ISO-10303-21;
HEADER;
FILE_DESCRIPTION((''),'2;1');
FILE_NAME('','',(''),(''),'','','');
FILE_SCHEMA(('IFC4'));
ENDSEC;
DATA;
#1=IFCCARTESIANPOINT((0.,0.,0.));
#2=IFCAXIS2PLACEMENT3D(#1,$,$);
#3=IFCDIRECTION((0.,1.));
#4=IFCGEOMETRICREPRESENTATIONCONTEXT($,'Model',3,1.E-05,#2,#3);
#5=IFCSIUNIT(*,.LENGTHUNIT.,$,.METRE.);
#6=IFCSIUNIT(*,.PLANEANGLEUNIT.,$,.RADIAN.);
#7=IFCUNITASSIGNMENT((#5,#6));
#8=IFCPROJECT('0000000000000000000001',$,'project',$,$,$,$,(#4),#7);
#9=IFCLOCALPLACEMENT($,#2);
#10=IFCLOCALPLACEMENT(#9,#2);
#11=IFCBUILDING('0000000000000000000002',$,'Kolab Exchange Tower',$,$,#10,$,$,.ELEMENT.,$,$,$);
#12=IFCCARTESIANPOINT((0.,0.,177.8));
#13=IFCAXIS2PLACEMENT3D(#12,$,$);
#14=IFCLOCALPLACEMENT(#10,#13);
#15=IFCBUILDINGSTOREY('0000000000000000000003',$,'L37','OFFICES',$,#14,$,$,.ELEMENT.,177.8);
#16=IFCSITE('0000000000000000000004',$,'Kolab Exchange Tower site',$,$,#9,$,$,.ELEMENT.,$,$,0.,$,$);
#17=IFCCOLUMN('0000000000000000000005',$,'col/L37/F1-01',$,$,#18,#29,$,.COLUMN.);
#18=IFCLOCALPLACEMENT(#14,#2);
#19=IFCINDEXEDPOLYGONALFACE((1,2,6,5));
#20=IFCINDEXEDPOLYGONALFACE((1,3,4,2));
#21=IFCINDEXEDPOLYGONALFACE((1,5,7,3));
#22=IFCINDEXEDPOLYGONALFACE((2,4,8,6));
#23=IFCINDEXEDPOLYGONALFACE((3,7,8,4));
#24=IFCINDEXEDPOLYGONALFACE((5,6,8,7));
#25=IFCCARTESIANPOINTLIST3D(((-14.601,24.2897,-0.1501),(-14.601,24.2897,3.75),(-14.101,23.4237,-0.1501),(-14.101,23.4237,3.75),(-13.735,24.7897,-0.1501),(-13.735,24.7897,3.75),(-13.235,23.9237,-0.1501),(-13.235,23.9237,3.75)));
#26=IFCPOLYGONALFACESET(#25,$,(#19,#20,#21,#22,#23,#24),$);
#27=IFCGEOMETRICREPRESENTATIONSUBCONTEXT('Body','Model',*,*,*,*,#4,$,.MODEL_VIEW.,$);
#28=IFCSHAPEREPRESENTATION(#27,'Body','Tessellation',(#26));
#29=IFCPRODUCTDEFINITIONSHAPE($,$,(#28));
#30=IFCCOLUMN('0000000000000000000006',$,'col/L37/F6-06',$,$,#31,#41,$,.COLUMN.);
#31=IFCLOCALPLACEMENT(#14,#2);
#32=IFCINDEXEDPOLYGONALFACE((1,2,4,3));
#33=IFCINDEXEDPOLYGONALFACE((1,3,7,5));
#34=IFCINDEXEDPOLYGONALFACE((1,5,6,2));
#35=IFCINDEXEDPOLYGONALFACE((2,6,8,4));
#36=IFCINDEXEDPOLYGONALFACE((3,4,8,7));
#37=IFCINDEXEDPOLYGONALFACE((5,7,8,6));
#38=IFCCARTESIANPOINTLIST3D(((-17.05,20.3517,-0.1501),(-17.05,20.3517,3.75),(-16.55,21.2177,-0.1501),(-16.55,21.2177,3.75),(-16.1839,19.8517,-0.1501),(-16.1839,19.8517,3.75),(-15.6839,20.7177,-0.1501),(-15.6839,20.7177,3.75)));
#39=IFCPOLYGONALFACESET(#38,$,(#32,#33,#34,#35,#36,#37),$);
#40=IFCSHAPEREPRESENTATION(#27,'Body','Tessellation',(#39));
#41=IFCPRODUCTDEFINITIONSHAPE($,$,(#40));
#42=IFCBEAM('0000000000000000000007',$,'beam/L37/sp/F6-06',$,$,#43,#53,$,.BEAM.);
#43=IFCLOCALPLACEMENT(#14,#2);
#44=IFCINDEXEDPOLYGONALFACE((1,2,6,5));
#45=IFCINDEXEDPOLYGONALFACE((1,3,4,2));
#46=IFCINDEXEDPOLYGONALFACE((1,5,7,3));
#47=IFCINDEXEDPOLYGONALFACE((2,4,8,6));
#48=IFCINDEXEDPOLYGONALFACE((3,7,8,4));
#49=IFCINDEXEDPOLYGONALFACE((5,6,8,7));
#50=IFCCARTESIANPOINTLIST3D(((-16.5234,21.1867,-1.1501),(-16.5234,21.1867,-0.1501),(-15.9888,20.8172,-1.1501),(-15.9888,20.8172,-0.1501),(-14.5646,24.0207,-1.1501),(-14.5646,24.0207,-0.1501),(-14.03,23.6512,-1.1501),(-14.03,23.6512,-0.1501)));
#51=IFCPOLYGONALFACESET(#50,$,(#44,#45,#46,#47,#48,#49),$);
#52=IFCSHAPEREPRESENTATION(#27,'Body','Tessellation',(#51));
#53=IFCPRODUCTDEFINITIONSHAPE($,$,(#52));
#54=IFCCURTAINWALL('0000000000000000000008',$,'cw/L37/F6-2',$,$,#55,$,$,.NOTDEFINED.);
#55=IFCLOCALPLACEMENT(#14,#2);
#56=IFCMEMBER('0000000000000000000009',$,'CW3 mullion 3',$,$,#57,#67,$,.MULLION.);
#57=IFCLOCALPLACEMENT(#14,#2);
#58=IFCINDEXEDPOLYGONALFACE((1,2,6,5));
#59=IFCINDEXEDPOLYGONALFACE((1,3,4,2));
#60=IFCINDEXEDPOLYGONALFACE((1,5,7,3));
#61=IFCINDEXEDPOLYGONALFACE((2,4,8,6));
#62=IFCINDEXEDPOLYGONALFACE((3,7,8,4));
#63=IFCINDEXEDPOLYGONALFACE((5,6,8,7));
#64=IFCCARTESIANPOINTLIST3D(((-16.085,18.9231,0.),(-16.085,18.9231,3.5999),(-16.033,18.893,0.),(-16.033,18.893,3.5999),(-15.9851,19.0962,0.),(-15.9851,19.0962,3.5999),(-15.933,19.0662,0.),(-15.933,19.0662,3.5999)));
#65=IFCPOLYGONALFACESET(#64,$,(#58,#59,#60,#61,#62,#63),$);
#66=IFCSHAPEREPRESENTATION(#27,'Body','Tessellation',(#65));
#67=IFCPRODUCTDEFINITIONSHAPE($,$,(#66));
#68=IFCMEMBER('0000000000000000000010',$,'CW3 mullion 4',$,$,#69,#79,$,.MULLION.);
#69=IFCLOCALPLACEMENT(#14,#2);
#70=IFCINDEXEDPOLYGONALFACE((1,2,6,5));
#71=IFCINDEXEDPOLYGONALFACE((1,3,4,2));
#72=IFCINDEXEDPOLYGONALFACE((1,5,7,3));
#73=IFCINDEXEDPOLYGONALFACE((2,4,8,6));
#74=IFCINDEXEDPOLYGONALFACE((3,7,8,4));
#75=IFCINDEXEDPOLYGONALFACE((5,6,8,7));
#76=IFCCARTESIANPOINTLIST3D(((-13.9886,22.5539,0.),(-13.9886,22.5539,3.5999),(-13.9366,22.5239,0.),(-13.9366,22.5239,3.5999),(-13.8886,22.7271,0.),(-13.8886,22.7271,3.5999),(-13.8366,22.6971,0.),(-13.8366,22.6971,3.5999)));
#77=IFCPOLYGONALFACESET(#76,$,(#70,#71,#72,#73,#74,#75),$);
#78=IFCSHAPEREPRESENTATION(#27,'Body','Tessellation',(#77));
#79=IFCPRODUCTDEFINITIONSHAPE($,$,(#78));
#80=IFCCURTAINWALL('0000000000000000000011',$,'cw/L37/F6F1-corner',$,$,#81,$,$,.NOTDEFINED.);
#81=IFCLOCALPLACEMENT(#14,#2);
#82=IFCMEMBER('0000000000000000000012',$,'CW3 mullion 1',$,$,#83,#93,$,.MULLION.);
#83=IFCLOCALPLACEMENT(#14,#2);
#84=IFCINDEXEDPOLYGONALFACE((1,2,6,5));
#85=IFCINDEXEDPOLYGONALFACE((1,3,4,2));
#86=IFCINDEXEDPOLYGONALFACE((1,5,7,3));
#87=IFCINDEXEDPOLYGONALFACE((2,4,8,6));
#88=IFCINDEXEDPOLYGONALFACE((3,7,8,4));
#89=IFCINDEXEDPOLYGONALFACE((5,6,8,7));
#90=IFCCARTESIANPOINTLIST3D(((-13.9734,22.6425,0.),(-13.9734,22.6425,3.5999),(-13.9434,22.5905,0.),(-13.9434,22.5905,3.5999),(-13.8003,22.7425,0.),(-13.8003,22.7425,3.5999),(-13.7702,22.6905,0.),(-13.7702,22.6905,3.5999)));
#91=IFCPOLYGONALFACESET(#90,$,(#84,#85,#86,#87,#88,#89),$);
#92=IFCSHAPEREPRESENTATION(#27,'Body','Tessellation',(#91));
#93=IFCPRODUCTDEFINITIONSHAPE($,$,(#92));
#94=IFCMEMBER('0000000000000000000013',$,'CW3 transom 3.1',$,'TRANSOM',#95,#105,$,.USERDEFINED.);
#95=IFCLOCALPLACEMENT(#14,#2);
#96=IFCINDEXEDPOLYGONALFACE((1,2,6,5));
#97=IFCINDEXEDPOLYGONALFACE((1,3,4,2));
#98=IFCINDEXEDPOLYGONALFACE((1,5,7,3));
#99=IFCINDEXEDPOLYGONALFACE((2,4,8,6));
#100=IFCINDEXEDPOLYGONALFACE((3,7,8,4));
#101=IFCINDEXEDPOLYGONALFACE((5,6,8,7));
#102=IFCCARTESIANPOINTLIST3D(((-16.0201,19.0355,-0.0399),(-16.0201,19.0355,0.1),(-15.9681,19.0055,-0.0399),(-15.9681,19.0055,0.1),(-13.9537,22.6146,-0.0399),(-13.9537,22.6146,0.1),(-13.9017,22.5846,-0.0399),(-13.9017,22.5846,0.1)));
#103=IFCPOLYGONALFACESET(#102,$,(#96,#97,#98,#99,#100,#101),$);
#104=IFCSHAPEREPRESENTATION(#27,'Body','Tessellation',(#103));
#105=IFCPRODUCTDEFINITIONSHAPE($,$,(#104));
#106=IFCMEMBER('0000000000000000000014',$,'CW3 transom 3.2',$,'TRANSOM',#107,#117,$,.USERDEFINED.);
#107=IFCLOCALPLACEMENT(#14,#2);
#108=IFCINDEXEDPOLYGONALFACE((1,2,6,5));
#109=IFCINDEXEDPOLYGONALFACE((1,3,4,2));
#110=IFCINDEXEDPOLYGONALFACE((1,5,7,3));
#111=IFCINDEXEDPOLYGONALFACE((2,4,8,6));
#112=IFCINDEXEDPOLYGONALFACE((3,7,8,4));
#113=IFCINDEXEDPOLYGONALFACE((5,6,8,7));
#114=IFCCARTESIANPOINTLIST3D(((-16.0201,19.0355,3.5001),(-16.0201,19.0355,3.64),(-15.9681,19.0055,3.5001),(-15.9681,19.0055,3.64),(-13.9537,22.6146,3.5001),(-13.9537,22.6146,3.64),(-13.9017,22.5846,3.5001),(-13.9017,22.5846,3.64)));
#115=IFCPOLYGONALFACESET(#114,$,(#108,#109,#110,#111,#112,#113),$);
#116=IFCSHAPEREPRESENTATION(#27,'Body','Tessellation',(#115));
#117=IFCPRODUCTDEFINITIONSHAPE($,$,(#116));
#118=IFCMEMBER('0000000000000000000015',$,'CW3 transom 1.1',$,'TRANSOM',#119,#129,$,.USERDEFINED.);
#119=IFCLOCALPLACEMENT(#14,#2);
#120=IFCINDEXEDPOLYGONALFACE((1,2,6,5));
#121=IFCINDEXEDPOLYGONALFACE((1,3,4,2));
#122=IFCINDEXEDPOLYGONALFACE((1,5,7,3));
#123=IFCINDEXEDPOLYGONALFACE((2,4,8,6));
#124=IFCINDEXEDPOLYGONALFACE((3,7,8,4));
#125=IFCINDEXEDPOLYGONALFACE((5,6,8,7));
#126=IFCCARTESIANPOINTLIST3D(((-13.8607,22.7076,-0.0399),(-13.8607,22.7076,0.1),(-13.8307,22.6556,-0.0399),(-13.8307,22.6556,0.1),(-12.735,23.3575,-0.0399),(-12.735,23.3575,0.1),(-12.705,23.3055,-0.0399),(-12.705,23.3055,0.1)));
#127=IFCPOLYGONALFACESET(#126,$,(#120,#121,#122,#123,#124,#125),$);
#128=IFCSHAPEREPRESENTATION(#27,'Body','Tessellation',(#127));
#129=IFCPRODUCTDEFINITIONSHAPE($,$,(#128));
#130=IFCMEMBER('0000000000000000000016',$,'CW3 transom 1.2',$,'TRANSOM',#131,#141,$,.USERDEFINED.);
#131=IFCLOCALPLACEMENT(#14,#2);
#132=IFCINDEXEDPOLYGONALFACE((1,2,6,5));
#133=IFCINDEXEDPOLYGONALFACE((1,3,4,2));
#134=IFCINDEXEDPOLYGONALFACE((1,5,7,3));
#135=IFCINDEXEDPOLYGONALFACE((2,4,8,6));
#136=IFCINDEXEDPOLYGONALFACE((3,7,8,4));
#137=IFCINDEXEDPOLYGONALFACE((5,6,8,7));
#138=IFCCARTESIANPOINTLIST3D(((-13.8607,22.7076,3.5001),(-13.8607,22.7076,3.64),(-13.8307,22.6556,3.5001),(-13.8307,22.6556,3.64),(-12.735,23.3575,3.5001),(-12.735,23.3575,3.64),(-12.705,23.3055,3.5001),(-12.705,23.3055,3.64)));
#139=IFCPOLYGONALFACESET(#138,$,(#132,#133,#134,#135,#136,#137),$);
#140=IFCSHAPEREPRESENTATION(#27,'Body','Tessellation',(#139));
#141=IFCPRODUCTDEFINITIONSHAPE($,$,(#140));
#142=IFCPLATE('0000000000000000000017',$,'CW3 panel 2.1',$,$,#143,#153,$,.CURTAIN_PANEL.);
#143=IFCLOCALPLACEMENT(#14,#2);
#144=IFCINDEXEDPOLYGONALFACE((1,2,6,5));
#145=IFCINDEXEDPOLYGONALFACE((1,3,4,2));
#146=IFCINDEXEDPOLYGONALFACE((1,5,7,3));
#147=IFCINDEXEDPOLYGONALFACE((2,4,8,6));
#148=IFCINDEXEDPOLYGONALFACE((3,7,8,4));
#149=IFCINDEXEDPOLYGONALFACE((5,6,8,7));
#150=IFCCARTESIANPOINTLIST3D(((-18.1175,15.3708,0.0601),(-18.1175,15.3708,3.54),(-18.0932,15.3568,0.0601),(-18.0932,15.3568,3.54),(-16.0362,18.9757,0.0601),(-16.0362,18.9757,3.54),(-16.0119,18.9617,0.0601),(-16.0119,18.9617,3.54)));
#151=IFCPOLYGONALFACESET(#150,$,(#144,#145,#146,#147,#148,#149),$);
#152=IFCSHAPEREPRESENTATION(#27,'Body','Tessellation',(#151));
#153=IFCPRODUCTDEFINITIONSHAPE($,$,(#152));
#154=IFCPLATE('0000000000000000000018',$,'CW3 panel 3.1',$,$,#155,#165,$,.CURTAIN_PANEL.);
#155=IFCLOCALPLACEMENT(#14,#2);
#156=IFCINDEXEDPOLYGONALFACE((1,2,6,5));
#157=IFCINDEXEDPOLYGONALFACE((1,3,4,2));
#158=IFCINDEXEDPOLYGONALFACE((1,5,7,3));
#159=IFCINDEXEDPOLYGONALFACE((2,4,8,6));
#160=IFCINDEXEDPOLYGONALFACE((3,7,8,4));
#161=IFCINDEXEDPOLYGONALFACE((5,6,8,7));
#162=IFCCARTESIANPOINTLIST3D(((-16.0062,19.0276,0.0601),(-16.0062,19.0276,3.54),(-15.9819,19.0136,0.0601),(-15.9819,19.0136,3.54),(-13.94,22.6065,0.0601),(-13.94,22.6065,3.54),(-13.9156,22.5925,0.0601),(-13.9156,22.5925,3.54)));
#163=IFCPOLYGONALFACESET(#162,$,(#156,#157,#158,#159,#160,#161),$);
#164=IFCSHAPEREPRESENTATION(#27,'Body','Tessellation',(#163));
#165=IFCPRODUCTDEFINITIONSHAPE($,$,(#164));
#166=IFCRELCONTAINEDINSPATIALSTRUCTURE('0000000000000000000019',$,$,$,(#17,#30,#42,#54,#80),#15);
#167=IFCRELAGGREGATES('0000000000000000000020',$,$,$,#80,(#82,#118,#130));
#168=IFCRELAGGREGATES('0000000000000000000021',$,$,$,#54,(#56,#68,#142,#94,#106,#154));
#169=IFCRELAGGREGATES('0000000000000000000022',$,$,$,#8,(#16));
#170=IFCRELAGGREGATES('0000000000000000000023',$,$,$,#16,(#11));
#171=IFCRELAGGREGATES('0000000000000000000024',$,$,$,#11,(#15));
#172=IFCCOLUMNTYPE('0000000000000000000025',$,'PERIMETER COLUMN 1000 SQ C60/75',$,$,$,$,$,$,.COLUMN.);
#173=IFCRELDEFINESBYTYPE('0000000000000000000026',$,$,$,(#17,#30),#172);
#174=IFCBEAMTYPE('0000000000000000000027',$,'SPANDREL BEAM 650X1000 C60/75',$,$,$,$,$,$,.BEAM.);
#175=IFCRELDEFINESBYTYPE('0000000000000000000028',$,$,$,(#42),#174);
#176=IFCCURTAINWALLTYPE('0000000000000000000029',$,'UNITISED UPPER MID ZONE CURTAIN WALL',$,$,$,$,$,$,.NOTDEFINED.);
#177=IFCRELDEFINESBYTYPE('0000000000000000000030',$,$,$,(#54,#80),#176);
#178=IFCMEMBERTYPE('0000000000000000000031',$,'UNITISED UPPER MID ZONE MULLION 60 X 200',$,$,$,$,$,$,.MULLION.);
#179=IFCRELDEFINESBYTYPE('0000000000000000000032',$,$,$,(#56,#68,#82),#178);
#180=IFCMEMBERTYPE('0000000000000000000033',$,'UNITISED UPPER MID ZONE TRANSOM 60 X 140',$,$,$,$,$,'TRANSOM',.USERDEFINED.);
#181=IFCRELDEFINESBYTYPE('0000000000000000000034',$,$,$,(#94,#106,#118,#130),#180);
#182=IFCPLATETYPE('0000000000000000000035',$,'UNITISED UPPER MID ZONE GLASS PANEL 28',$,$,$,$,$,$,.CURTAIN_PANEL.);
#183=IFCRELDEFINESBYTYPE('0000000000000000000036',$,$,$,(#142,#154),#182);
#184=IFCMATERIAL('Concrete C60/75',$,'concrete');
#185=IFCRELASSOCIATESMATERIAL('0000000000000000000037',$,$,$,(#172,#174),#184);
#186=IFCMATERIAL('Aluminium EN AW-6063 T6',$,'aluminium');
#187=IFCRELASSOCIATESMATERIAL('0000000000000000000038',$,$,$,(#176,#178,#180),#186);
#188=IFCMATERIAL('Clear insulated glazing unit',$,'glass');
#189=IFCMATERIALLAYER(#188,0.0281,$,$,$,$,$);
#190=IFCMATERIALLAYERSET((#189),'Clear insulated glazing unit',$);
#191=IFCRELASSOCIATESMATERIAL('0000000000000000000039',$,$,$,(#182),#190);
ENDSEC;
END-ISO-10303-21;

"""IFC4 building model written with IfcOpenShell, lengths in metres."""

from ifc_helpers import new_model, si_unit, direction, frame, origin, origin_2d, place, context, subcontext, project, spatial, rectangle, extrude, material, layer, layer_set, material_profile, profile_set, type_object, element, aggregate, save


model = new_model("IFC4")

# Units and contexts
model_context = context("Model", 3, precision=1e-05, world=origin(), true_north=direction((0.0, 1.0)))
body_context = subcontext(model_context, "Body", "Model", "MODEL_VIEW")
ifc_project = project(units=[si_unit("LENGTHUNIT", "METRE"), si_unit("PLANEANGLEUNIT", "RADIAN")], contexts=[model_context])

# Site, building, storey
site_placement = place(None, origin())
site = spatial("IfcSite", under=ifc_project, at=site_placement, Name="Kolab Exchange Tower site", CompositionType="ELEMENT", RefElevation=0.0)
building_placement = place(site_placement, origin())
building = spatial("IfcBuilding", under=site, at=building_placement, Name="Kolab Exchange Tower", CompositionType="ELEMENT")
storey_placement = place(building_placement, frame((0.0, 0.0, 177.8)))
storey = spatial("IfcBuildingStorey", under=building, at=storey_placement, Name="L37", Description="OFFICES", CompositionType="ELEMENT", Elevation=177.8)

# Columns
ifc_material_1 = material(Name="Concrete C60/75", Category="concrete")
ifc_material_profile_1 = material_profile(ifc_material_1, rectangle(XDim=1.0, YDim=1.0, at=origin_2d()), Name="RC1000")
ifc_profile_set_1 = profile_set([ifc_material_profile_1], Name="Concrete C60/75")
column_type = type_object("IfcColumnType", Name="PERIMETER COLUMN 1000 SQ C60/75", PredefinedType="COLUMN", material=ifc_profile_set_1)
for number, where, z_axis, x_axis, name in (
    (1, (-13.918, 24.1067, -0.1501), (0.0, 0.0, 1.0), (0.866025, 0.5, 0.0), "col/L37/F1-01"),
    (2, (-16.3669, 20.5347, -0.1501), (0.0, 0.0, 1.0), (0.5, 0.866025, 0.0), "col/L37/F6-06"),
):
    element("IfcColumn", number, at=place(storey_placement, frame(where, z_axis=z_axis, x_axis=x_axis)), inside=storey, type_object=column_type, Name=name, PredefinedType="COLUMN", context=body_context, shape_type="SweptSolid", body=[
        extrude(rectangle(XDim=1.0, YDim=1.0, at=origin_2d()), origin(), (0.0, 0.0, 1.0), 3.9001),
    ])

# Beam
ifc_material_profile_2 = material_profile(ifc_material_1, rectangle(XDim=0.6499, YDim=1.0, at=origin_2d()), Name="RC650X1000")
ifc_profile_set_2 = profile_set([ifc_material_profile_2], Name="Concrete C60/75")
beam_type = type_object("IfcBeamType", Name="SPANDREL BEAM 650X1000 C60/75", PredefinedType="BEAM", material=ifc_profile_set_2)
beam_placement = place(storey_placement, frame((-16.2561, 21.002, -0.6501), z_axis=(0.568572, 0.822633, 0.0), x_axis=(-0.822633, 0.568572, 0.0)))
element("IfcBeam", 3, at=beam_placement, inside=storey, type_object=beam_type, Name="beam/L37/sp/F6-06", PredefinedType="BEAM", context=body_context, shape_type="SweptSolid", body=[
    extrude(rectangle(XDim=0.6499, YDim=1.0, at=origin_2d()), origin(), (0.0, 0.0, 1.0), 3.4451),
])

# Curtain wall, members
ifc_material_2 = material(Name="Aluminium EN AW-6063 T6", Category="aluminium")
curtain_wall_type = type_object("IfcCurtainWallType", Name="UNITISED UPPER MID ZONE CURTAIN WALL", PredefinedType="NOTDEFINED", material=ifc_material_2)
curtain_wall_1_placement = place(storey_placement, origin())
curtain_wall_1 = element("IfcCurtainWall", 4, at=curtain_wall_1_placement, inside=storey, type_object=curtain_wall_type, Name="cw/L37/F6-2", PredefinedType="NOTDEFINED")
ifc_material_profile_3 = material_profile(ifc_material_2, rectangle(XDim=0.0601, YDim=0.2, at=origin_2d()), Name="RECT 60X200")
ifc_profile_set_3 = profile_set([ifc_material_profile_3], Name="Aluminium EN AW-6063 T6")
member_type_1 = type_object("IfcMemberType", Name="UNITISED UPPER MID ZONE MULLION 60 X 200", PredefinedType="MULLION", material=ifc_profile_set_3)
member_1_placement = place(storey_placement, frame((-16.009, 18.9946, 0.0), z_axis=(0.0, 0.0, 1.0), x_axis=(-0.866025, 0.5, 0.0)))
member_1 = element("IfcMember", 5, at=member_1_placement, type_object=member_type_1, Name="CW3 mullion 3", PredefinedType="MULLION", context=body_context, shape_type="SweptSolid", body=[
    extrude(rectangle(XDim=0.0601, YDim=0.2, at=origin_2d()), origin(), (0.0, 0.0, 1.0), 3.5999),
])
member_2_placement = place(storey_placement, frame((-13.9126, 22.6255, 0.0), z_axis=(0.0, 0.0, 1.0), x_axis=(-0.866025, 0.5, 0.0)))
member_2 = element("IfcMember", 6, at=member_2_placement, type_object=member_type_1, Name="CW3 mullion 4", PredefinedType="MULLION", context=body_context, shape_type="SweptSolid", body=[
    extrude(rectangle(XDim=0.0601, YDim=0.2, at=origin_2d()), origin(), (0.0, 0.0, 1.0), 3.5999),
])

# Curtain wall, member
curtain_wall_2_placement = place(storey_placement, origin())
curtain_wall_2 = element("IfcCurtainWall", 7, at=curtain_wall_2_placement, inside=storey, type_object=curtain_wall_type, Name="cw/L37/F6F1-corner", PredefinedType="NOTDEFINED")
member_3_placement = place(storey_placement, frame((-13.8718, 22.6665, 0.0), z_axis=(0.0, 0.0, 1.0), x_axis=(-0.5, 0.866025, 0.0)))
member_3 = element("IfcMember", 8, at=member_3_placement, type_object=member_type_1, Name="CW3 mullion 1", PredefinedType="MULLION", context=body_context, shape_type="SweptSolid", body=[
    extrude(rectangle(XDim=0.0601, YDim=0.2, at=origin_2d()), origin(), (0.0, 0.0, 1.0), 3.5999),
])

# Members
ifc_material_profile_4 = material_profile(ifc_material_2, rectangle(XDim=0.0601, YDim=0.1399, at=origin_2d()), Name="RECT 60X140")
ifc_profile_set_4 = profile_set([ifc_material_profile_4], Name="Aluminium EN AW-6063 T6")
member_type_2 = type_object("IfcMemberType", Name="UNITISED UPPER MID ZONE TRANSOM 60 X 140", ElementType="TRANSOM", PredefinedType="USERDEFINED", material=ifc_profile_set_4)
member_4_placement = place(storey_placement, frame((-15.9941, 19.0205, 0.03), z_axis=(0.500002, 0.866024, 0.0), x_axis=(-0.866024, 0.500002, 0.0)))
member_4 = element("IfcMember", 9, at=member_4_placement, type_object=member_type_2, Name="CW3 transom 3.1", ObjectType="TRANSOM", PredefinedType="USERDEFINED", context=body_context, shape_type="SweptSolid", body=[
    extrude(rectangle(XDim=0.0601, YDim=0.1399, at=origin_2d()), origin(), (0.0, 0.0, 1.0), 4.1328),
])
member_5_placement = place(storey_placement, frame((-15.9941, 19.0205, 3.5701), z_axis=(0.500002, 0.866024, 0.0), x_axis=(-0.866024, 0.500002, 0.0)))
member_5 = element("IfcMember", 10, at=member_5_placement, type_object=member_type_2, Name="CW3 transom 3.2", ObjectType="TRANSOM", PredefinedType="USERDEFINED", context=body_context, shape_type="SweptSolid", body=[
    extrude(rectangle(XDim=0.0601, YDim=0.1399, at=origin_2d()), origin(), (0.0, 0.0, 1.0), 4.1328),
])
member_6_placement = place(storey_placement, frame((-13.8457, 22.6816, 0.03), z_axis=(0.866039, 0.499977, 0.0), x_axis=(-0.499977, 0.866039, 0.0)))
member_6 = element("IfcMember", 11, at=member_6_placement, type_object=member_type_2, Name="CW3 transom 1.1", ObjectType="TRANSOM", PredefinedType="USERDEFINED", context=body_context, shape_type="SweptSolid", body=[
    extrude(rectangle(XDim=0.0601, YDim=0.1399, at=origin_2d()), origin(), (0.0, 0.0, 1.0), 1.2998),
])
member_7_placement = place(storey_placement, frame((-13.8457, 22.6816, 3.5701), z_axis=(0.866039, 0.499977, 0.0), x_axis=(-0.499977, 0.866039, 0.0)))
member_7 = element("IfcMember", 12, at=member_7_placement, type_object=member_type_2, Name="CW3 transom 1.2", ObjectType="TRANSOM", PredefinedType="USERDEFINED", context=body_context, shape_type="SweptSolid", body=[
    extrude(rectangle(XDim=0.0601, YDim=0.1399, at=origin_2d()), origin(), (0.0, 0.0, 1.0), 1.2998),
])
aggregate(curtain_wall_2, [member_3, member_6, member_7])

# Plates
ifc_material_3 = material(Name="Clear insulated glazing unit", Category="glass")
ifc_layer_1 = layer(ifc_material_3, 0.0281)
ifc_layer_set_1 = layer_set([ifc_layer_1], Name="Clear insulated glazing unit")
plate_type = type_object("IfcPlateType", Name="UNITISED UPPER MID ZONE GLASS PANEL 28", PredefinedType="CURTAIN_PANEL", material=ifc_layer_set_1)
plate_1_placement = place(storey_placement, frame((-17.0647, 17.1663, 0.0601), z_axis=(0.0, 0.0, 1.0), x_axis=(0.5, 0.866025, 0.0)))
plate_1 = element("IfcPlate", 13, at=plate_1_placement, type_object=plate_type, Name="CW3 panel 2.1", PredefinedType="CURTAIN_PANEL", context=body_context, shape_type="SweptSolid", body=[
    extrude(rectangle(XDim=4.1626, YDim=0.0281, at=origin_2d()), origin(), (0.0, 0.0, 1.0), 3.48),
])
plate_2_placement = place(storey_placement, frame((-14.9609, 20.8101, 0.0601), z_axis=(0.0, 0.0, 1.0), x_axis=(0.5, 0.866025, 0.0)))
plate_2 = element("IfcPlate", 14, at=plate_2_placement, type_object=plate_type, Name="CW3 panel 3.1", PredefinedType="CURTAIN_PANEL", context=body_context, shape_type="SweptSolid", body=[
    extrude(rectangle(XDim=4.1326, YDim=0.0281, at=origin_2d()), origin(), (0.0, 0.0, 1.0), 3.48),
])
aggregate(curtain_wall_1, [member_1, member_2, plate_1, member_4, member_5, plate_2])

save(model, "model.ifc")
